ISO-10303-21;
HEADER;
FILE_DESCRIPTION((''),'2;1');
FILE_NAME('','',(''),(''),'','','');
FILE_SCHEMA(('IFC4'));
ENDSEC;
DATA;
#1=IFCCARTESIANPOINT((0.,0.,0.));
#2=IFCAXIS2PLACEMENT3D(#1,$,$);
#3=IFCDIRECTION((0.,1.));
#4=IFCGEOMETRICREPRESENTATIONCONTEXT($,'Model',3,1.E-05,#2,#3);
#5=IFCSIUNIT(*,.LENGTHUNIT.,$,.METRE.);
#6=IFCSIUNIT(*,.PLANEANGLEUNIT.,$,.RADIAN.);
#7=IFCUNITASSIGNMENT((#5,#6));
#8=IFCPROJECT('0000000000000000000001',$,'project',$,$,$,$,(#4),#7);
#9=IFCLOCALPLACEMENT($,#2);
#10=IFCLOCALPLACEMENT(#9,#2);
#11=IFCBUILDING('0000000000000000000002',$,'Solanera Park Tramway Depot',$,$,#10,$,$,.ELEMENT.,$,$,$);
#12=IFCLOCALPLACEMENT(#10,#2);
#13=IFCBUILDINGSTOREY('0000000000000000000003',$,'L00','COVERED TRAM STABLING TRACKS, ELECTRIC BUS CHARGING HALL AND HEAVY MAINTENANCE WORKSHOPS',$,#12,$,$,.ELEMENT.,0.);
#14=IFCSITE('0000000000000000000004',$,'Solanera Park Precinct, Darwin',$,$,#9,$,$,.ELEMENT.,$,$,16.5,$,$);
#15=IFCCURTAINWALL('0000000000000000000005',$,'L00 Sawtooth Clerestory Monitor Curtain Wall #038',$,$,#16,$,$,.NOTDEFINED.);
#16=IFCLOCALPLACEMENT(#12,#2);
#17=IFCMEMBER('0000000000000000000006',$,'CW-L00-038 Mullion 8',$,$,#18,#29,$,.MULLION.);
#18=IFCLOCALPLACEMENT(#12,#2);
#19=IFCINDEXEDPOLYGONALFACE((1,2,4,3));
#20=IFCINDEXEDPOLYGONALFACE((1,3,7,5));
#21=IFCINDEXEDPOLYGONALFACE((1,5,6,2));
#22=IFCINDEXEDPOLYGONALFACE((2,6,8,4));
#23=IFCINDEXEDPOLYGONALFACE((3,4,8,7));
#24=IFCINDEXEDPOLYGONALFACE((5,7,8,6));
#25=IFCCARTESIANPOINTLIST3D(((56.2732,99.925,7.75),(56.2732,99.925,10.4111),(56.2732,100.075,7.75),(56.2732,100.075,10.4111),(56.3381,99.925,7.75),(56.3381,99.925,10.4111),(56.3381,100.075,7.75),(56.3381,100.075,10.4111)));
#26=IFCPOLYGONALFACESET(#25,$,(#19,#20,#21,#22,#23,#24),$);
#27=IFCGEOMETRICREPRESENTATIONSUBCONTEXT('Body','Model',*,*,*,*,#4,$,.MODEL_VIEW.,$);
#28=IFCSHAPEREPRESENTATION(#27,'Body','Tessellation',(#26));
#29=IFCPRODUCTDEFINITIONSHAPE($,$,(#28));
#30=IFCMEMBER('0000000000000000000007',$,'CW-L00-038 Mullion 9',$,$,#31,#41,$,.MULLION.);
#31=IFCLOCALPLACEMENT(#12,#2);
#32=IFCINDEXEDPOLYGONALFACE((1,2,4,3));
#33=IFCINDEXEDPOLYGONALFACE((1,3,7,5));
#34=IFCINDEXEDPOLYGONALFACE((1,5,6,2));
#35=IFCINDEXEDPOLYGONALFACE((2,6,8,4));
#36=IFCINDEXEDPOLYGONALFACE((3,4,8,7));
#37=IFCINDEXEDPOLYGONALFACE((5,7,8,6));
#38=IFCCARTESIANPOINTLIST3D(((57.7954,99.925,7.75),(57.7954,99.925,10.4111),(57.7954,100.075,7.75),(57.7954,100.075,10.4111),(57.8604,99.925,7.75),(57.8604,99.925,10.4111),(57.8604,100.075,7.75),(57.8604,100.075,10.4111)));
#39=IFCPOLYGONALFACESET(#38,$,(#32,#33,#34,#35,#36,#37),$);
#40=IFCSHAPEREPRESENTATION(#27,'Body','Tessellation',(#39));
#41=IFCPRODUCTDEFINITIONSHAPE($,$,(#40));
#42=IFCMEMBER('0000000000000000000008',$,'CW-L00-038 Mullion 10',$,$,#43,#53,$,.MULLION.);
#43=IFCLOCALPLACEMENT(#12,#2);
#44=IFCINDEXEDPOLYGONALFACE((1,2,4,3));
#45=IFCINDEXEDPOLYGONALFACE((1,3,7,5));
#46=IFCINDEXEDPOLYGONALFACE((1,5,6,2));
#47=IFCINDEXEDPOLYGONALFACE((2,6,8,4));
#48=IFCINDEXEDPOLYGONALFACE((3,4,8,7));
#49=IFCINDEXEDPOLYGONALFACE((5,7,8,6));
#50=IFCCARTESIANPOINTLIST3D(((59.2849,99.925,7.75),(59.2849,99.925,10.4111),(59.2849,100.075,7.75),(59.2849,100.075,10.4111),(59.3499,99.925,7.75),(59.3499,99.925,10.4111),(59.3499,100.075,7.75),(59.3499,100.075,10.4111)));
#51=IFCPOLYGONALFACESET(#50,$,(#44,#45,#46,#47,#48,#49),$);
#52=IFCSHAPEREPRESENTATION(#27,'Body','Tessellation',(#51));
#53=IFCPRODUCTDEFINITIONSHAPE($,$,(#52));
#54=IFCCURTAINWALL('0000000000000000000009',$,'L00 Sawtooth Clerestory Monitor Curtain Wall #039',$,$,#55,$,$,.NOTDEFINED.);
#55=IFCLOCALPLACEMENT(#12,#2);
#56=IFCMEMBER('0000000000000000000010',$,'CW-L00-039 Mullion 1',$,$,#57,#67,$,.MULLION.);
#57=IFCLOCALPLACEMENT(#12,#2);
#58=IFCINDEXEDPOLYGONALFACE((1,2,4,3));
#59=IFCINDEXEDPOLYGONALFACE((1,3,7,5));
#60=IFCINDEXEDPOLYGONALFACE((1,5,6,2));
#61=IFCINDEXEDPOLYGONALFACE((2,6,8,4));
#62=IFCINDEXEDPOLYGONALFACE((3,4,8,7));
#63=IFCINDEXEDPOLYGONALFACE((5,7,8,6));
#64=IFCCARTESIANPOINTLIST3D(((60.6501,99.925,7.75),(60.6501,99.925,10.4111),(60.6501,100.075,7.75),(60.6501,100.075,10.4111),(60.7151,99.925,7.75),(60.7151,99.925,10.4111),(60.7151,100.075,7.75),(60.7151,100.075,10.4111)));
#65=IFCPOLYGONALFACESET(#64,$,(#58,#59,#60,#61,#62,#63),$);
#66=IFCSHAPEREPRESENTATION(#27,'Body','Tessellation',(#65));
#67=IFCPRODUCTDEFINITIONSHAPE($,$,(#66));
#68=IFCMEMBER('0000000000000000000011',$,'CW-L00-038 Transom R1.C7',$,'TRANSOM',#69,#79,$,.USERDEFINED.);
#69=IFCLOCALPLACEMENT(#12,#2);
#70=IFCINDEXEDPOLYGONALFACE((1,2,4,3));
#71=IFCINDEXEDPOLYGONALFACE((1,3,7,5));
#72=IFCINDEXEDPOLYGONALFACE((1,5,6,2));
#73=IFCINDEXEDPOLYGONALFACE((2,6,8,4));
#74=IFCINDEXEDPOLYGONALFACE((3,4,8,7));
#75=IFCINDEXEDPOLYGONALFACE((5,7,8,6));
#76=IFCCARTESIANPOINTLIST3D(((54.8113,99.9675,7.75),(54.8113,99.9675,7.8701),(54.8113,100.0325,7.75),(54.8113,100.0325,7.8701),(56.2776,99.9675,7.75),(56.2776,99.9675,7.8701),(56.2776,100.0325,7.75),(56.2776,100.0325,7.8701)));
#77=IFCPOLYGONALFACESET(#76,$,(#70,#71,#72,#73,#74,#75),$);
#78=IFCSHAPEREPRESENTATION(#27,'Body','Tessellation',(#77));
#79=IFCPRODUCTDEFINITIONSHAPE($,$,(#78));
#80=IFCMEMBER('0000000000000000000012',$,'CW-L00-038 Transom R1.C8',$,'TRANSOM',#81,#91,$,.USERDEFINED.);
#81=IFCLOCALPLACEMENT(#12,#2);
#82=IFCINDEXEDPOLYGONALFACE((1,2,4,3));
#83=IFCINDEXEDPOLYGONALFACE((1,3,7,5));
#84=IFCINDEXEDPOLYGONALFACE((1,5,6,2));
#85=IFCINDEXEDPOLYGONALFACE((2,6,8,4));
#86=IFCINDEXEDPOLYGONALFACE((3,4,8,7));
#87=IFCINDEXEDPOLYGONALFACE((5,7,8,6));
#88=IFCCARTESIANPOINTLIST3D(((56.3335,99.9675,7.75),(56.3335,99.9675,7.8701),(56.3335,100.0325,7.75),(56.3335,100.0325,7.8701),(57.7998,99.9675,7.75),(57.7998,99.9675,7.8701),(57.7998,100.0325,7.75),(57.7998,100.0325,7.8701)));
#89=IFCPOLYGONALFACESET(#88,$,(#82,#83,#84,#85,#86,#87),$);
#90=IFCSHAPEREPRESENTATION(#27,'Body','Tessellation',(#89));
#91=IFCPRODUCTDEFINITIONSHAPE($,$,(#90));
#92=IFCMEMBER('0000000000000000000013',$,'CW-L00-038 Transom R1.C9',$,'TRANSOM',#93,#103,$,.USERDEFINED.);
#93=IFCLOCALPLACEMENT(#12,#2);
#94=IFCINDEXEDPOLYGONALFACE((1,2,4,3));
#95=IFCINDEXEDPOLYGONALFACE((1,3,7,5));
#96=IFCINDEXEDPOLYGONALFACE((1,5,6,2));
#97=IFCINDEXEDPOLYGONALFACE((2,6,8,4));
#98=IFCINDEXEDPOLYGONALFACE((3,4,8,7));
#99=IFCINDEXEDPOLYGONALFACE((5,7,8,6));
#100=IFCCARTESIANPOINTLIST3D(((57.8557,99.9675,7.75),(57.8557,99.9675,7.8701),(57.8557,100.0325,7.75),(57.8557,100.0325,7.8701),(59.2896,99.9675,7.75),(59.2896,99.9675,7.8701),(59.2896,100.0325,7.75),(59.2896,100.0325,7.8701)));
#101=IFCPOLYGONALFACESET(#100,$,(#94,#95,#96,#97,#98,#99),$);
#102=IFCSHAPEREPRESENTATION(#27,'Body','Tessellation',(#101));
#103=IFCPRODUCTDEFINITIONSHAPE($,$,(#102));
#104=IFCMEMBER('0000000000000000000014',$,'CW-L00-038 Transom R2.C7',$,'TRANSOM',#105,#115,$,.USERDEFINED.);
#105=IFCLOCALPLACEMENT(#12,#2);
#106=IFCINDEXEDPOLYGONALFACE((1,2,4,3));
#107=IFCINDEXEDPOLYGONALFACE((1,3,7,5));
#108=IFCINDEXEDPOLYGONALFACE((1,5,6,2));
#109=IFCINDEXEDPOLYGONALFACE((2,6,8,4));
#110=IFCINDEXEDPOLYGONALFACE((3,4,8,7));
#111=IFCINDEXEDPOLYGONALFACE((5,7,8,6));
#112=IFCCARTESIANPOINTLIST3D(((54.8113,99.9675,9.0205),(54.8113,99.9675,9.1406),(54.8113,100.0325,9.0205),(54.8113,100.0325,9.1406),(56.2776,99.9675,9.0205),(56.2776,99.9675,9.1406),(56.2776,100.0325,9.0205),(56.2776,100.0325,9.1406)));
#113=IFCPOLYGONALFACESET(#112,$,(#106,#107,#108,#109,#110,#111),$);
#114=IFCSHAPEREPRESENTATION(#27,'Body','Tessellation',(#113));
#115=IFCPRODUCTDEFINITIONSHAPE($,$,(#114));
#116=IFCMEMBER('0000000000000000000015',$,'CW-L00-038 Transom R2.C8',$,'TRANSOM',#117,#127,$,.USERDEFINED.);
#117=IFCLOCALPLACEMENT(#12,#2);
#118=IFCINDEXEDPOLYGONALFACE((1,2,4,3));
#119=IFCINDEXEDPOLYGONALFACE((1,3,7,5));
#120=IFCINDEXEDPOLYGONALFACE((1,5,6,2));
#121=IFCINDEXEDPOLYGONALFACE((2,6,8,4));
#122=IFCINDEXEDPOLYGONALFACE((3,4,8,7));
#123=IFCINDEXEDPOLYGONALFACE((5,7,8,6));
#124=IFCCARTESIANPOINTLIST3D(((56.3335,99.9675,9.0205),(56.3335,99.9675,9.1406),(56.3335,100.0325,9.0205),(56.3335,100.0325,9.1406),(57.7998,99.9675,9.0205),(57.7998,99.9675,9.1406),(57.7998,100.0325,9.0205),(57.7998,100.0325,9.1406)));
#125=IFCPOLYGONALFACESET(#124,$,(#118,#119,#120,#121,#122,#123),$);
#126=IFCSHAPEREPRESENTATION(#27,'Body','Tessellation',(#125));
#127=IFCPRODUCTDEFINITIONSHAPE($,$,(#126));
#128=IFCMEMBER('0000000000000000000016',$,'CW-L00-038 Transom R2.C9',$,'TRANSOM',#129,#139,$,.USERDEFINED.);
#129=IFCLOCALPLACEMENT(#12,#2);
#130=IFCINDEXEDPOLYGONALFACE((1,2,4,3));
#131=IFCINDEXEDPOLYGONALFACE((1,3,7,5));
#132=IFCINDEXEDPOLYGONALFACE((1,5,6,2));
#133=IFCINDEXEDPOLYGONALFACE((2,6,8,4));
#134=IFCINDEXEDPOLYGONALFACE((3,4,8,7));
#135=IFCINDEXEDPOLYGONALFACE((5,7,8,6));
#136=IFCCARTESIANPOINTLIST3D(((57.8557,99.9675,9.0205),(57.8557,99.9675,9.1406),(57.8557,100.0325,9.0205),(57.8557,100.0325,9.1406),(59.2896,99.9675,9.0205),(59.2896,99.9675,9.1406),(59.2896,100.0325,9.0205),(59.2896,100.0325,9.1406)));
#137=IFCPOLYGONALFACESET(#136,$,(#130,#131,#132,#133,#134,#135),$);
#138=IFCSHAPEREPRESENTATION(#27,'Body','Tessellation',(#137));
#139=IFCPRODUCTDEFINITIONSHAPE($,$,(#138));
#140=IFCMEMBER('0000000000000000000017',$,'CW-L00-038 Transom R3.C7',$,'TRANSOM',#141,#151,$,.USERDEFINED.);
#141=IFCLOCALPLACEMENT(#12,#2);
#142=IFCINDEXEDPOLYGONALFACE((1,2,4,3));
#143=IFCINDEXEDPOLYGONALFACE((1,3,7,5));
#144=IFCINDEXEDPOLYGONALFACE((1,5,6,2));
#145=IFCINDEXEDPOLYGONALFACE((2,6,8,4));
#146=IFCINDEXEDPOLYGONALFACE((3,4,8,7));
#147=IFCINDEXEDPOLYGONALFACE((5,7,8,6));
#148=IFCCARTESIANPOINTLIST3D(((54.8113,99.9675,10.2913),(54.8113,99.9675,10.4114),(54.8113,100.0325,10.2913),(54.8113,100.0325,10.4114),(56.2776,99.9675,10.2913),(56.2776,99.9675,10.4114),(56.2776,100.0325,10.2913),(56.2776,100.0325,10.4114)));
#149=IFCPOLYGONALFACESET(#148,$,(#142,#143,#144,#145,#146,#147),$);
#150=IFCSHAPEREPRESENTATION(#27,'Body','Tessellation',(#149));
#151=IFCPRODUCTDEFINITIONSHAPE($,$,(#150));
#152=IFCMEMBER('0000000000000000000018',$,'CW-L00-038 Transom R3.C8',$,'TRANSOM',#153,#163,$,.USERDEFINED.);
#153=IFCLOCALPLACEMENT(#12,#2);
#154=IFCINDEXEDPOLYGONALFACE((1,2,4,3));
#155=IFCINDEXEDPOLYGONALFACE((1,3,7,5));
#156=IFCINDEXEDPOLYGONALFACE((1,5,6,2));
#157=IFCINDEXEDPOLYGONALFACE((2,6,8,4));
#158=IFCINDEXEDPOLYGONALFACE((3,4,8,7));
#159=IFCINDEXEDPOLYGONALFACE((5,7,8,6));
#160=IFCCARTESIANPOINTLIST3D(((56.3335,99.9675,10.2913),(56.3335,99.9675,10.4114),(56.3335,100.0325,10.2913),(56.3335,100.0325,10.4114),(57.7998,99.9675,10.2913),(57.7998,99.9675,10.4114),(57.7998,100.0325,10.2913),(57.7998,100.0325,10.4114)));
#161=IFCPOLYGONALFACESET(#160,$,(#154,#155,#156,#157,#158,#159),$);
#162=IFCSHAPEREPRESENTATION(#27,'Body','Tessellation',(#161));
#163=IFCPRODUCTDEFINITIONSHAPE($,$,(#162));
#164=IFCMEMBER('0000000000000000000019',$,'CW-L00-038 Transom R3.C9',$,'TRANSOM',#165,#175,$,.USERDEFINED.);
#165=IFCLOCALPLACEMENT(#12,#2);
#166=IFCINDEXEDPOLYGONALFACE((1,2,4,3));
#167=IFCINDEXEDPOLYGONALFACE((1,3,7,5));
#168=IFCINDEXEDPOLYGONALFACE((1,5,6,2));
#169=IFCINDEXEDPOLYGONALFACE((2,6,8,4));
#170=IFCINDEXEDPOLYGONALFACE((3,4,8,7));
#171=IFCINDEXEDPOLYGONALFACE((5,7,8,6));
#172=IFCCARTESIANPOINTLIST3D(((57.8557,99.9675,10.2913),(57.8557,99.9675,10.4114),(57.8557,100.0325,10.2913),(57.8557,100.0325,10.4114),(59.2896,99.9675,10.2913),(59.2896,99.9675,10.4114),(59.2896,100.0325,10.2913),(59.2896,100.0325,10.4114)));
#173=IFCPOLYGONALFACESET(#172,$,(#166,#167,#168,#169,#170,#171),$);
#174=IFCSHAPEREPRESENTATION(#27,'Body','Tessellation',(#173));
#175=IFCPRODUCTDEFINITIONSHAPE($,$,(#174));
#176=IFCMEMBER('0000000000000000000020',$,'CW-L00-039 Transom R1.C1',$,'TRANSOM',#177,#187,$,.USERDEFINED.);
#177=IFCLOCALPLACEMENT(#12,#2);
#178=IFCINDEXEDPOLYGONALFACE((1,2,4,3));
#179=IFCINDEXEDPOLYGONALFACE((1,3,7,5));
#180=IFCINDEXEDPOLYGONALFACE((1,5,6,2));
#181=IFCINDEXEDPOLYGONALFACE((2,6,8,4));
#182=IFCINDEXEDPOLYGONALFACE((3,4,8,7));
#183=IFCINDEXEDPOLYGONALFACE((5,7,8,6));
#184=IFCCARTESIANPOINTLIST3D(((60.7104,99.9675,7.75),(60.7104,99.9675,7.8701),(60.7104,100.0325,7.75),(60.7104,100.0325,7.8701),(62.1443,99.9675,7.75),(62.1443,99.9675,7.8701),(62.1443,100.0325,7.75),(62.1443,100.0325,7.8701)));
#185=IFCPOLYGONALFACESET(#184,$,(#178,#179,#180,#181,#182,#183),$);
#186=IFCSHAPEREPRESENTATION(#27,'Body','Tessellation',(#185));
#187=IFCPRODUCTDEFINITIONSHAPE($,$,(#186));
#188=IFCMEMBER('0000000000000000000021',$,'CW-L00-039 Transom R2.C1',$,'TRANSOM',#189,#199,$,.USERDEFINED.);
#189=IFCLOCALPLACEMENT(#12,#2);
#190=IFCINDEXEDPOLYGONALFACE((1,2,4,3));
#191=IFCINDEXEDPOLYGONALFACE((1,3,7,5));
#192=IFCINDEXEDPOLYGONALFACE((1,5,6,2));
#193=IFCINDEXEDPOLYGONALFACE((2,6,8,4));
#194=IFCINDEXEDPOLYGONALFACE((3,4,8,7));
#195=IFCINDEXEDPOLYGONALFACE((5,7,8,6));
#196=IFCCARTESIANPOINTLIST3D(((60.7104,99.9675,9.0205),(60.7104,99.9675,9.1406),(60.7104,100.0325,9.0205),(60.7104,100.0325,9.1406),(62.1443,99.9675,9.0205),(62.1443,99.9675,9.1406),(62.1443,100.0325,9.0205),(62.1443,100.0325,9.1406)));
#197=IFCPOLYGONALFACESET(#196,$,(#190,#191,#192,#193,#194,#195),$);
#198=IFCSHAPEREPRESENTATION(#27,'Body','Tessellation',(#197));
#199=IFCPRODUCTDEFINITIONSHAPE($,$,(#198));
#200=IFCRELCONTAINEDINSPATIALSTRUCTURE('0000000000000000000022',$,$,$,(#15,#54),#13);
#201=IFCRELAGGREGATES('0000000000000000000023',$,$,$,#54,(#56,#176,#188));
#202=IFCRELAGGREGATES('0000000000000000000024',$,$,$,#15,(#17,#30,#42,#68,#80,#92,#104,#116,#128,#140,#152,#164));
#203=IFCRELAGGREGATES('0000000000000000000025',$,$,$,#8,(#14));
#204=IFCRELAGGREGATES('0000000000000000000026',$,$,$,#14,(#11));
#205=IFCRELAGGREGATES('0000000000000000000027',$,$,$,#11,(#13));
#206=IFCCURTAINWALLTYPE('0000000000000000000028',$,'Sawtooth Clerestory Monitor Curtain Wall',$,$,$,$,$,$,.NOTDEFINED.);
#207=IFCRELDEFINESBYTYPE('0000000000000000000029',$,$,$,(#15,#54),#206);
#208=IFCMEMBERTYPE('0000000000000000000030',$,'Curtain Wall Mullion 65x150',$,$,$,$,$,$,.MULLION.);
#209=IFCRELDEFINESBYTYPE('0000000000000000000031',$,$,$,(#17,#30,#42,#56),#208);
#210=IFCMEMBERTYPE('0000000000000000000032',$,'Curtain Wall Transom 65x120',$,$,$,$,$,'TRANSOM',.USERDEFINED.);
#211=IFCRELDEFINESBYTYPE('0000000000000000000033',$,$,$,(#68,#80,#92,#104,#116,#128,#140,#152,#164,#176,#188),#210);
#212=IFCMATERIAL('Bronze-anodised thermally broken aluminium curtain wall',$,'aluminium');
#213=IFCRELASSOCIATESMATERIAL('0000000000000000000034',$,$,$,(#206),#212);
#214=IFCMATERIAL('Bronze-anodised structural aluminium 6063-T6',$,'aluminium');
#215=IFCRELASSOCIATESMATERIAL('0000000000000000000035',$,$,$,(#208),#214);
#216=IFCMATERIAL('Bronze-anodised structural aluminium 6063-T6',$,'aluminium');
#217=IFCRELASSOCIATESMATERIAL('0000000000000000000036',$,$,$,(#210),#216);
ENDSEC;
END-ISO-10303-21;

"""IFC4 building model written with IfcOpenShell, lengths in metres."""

from ifc_helpers import new_model, si_unit, direction, frame, origin, origin_2d, place, context, subcontext, project, spatial, rectangle, extrude, material, material_profile, profile_set, type_object, element, aggregate, save


model = new_model("IFC4")

# Units and contexts
model_context = context("Model", 3, precision=1e-05, world=origin(), true_north=direction((0.0, 1.0)))
body_context = subcontext(model_context, "Body", "Model", "MODEL_VIEW")
ifc_project = project(units=[si_unit("LENGTHUNIT", "METRE"), si_unit("PLANEANGLEUNIT", "RADIAN")], contexts=[model_context])

# Site, building, storey
site_placement = place(None, origin())
site = spatial("IfcSite", under=ifc_project, at=site_placement, Name="Solanera Park Precinct, Darwin", CompositionType="ELEMENT", RefElevation=16.5)
building_placement = place(site_placement, origin())
building = spatial("IfcBuilding", under=site, at=building_placement, Name="Solanera Park Tramway Depot", CompositionType="ELEMENT")
storey_placement = place(building_placement, origin())
storey = spatial("IfcBuildingStorey", under=building, at=storey_placement, Name="L00", Description="COVERED TRAM STABLING TRACKS, ELECTRIC BUS CHARGING HALL AND HEAVY MAINTENANCE WORKSHOPS", CompositionType="ELEMENT", Elevation=0.0)

# Curtain wall, members
ifc_material_1 = material(Name="Bronze-anodised thermally broken aluminium curtain wall", Category="aluminium")
curtain_wall_type = type_object("IfcCurtainWallType", Name="Sawtooth Clerestory Monitor Curtain Wall", PredefinedType="NOTDEFINED", material=ifc_material_1)
curtain_wall_1_placement = place(storey_placement, origin())
curtain_wall_1 = element("IfcCurtainWall", 1, at=curtain_wall_1_placement, inside=storey, type_object=curtain_wall_type, Name="L00 Sawtooth Clerestory Monitor Curtain Wall #038", PredefinedType="NOTDEFINED")
ifc_material_2 = material(Name="Bronze-anodised structural aluminium 6063-T6", Category="aluminium")
ifc_material_profile_1 = material_profile(ifc_material_2, rectangle(XDim=0.0649, YDim=0.1499, at=origin_2d()), Name="Curtain Wall Mullion 65x150")
ifc_profile_set_1 = profile_set([ifc_material_profile_1], Name="Bronze-anodised structural aluminium 6063-T6")
member_type_1 = type_object("IfcMemberType", Name="Curtain Wall Mullion 65x150", PredefinedType="MULLION", material=ifc_profile_set_1)
member_1_placement = place(storey_placement, frame((56.3057, 100.0, 7.75), z_axis=(0.0, 0.0, 1.0), x_axis=(1.0, 0.0, 0.0)))
member_1 = element("IfcMember", 2, at=member_1_placement, type_object=member_type_1, Name="CW-L00-038 Mullion 8", PredefinedType="MULLION", context=body_context, shape_type="SweptSolid", body=[
    extrude(rectangle(XDim=0.0649, YDim=0.1499, at=origin_2d()), origin(), (0.0, 0.0, 1.0), 2.6611),
])
member_2_placement = place(storey_placement, frame((57.8279, 100.0, 7.75), z_axis=(0.0, 0.0, 1.0), x_axis=(1.0, 0.0, 0.0)))
member_2 = element("IfcMember", 3, at=member_2_placement, type_object=member_type_1, Name="CW-L00-038 Mullion 9", PredefinedType="MULLION", context=body_context, shape_type="SweptSolid", body=[
    extrude(rectangle(XDim=0.0649, YDim=0.1499, at=origin_2d()), origin(), (0.0, 0.0, 1.0), 2.6611),
])
member_3_placement = place(storey_placement, frame((59.3174, 100.0, 7.75), z_axis=(0.0, 0.0, 1.0), x_axis=(1.0, 0.0, 0.0)))
member_3 = element("IfcMember", 4, at=member_3_placement, type_object=member_type_1, Name="CW-L00-038 Mullion 10", PredefinedType="MULLION", context=body_context, shape_type="SweptSolid", body=[
    extrude(rectangle(XDim=0.0649, YDim=0.1499, at=origin_2d()), origin(), (0.0, 0.0, 1.0), 2.6611),
])

# Curtain wall, member
curtain_wall_2_placement = place(storey_placement, origin())
curtain_wall_2 = element("IfcCurtainWall", 5, at=curtain_wall_2_placement, inside=storey, type_object=curtain_wall_type, Name="L00 Sawtooth Clerestory Monitor Curtain Wall #039", PredefinedType="NOTDEFINED")
member_4_placement = place(storey_placement, frame((60.6826, 100.0, 7.75), z_axis=(0.0, 0.0, 1.0), x_axis=(1.0, 0.0, 0.0)))
member_4 = element("IfcMember", 6, at=member_4_placement, type_object=member_type_1, Name="CW-L00-039 Mullion 1", PredefinedType="MULLION", context=body_context, shape_type="SweptSolid", body=[
    extrude(rectangle(XDim=0.0649, YDim=0.1499, at=origin_2d()), origin(), (0.0, 0.0, 1.0), 2.6611),
])

# Members
ifc_material_3 = material(Name="Bronze-anodised structural aluminium 6063-T6", Category="aluminium")
ifc_material_profile_2 = material_profile(ifc_material_3, rectangle(XDim=0.0649, YDim=0.1201, at=origin_2d()), Name="Curtain Wall Transom 65x120")
ifc_profile_set_2 = profile_set([ifc_material_profile_2], Name="Bronze-anodised structural aluminium 6063-T6")
member_type_2 = type_object("IfcMemberType", Name="Curtain Wall Transom 65x120", ElementType="TRANSOM", PredefinedType="USERDEFINED", material=ifc_profile_set_2)
member_5_placement = place(storey_placement, frame((54.8113, 100.0, 7.8101), z_axis=(1.0, 0.0, 0.0), x_axis=(0.0, 1.0, 0.0)))
member_5 = element("IfcMember", 7, at=member_5_placement, type_object=member_type_2, Name="CW-L00-038 Transom R1.C7", ObjectType="TRANSOM", PredefinedType="USERDEFINED", context=body_context, shape_type="SweptSolid", body=[
    extrude(rectangle(XDim=0.0649, YDim=0.1201, at=origin_2d()), origin(), (0.0, 0.0, 1.0), 1.4663),
])
member_6_placement = place(storey_placement, frame((56.3335, 100.0, 7.8101), z_axis=(1.0, 0.0, 0.0), x_axis=(0.0, 1.0, 0.0)))
member_6 = element("IfcMember", 8, at=member_6_placement, type_object=member_type_2, Name="CW-L00-038 Transom R1.C8", ObjectType="TRANSOM", PredefinedType="USERDEFINED", context=body_context, shape_type="SweptSolid", body=[
    extrude(rectangle(XDim=0.0649, YDim=0.1201, at=origin_2d()), origin(), (0.0, 0.0, 1.0), 1.4663),
])
member_7_placement = place(storey_placement, frame((57.8557, 100.0, 7.8101), z_axis=(1.0, 0.0, 0.0), x_axis=(0.0, 1.0, 0.0)))
member_7 = element("IfcMember", 9, at=member_7_placement, type_object=member_type_2, Name="CW-L00-038 Transom R1.C9", ObjectType="TRANSOM", PredefinedType="USERDEFINED", context=body_context, shape_type="SweptSolid", body=[
    extrude(rectangle(XDim=0.0649, YDim=0.1201, at=origin_2d()), origin(), (0.0, 0.0, 1.0), 1.4338),
])
member_8_placement = place(storey_placement, frame((54.8113, 100.0, 9.0806), z_axis=(1.0, 0.0, 0.0), x_axis=(0.0, 1.0, 0.0)))
member_8 = element("IfcMember", 10, at=member_8_placement, type_object=member_type_2, Name="CW-L00-038 Transom R2.C7", ObjectType="TRANSOM", PredefinedType="USERDEFINED", context=body_context, shape_type="SweptSolid", body=[
    extrude(rectangle(XDim=0.0649, YDim=0.1201, at=origin_2d()), origin(), (0.0, 0.0, 1.0), 1.4663),
])
member_9_placement = place(storey_placement, frame((56.3335, 100.0, 9.0806), z_axis=(1.0, 0.0, 0.0), x_axis=(0.0, 1.0, 0.0)))
member_9 = element("IfcMember", 11, at=member_9_placement, type_object=member_type_2, Name="CW-L00-038 Transom R2.C8", ObjectType="TRANSOM", PredefinedType="USERDEFINED", context=body_context, shape_type="SweptSolid", body=[
    extrude(rectangle(XDim=0.0649, YDim=0.1201, at=origin_2d()), origin(), (0.0, 0.0, 1.0), 1.4663),
])
member_10_placement = place(storey_placement, frame((57.8557, 100.0, 9.0806), z_axis=(1.0, 0.0, 0.0), x_axis=(0.0, 1.0, 0.0)))
member_10 = element("IfcMember", 12, at=member_10_placement, type_object=member_type_2, Name="CW-L00-038 Transom R2.C9", ObjectType="TRANSOM", PredefinedType="USERDEFINED", context=body_context, shape_type="SweptSolid", body=[
    extrude(rectangle(XDim=0.0649, YDim=0.1201, at=origin_2d()), origin(), (0.0, 0.0, 1.0), 1.4338),
])
member_11_placement = place(storey_placement, frame((54.8113, 100.0, 10.3513), z_axis=(1.0, 0.0, 0.0), x_axis=(0.0, 1.0, 0.0)))
member_11 = element("IfcMember", 13, at=member_11_placement, type_object=member_type_2, Name="CW-L00-038 Transom R3.C7", ObjectType="TRANSOM", PredefinedType="USERDEFINED", context=body_context, shape_type="SweptSolid", body=[
    extrude(rectangle(XDim=0.0649, YDim=0.1201, at=origin_2d()), origin(), (0.0, 0.0, 1.0), 1.4663),
])
member_12_placement = place(storey_placement, frame((56.3335, 100.0, 10.3513), z_axis=(1.0, 0.0, 0.0), x_axis=(0.0, 1.0, 0.0)))
member_12 = element("IfcMember", 14, at=member_12_placement, type_object=member_type_2, Name="CW-L00-038 Transom R3.C8", ObjectType="TRANSOM", PredefinedType="USERDEFINED", context=body_context, shape_type="SweptSolid", body=[
    extrude(rectangle(XDim=0.0649, YDim=0.1201, at=origin_2d()), origin(), (0.0, 0.0, 1.0), 1.4663),
])
member_13_placement = place(storey_placement, frame((57.8557, 100.0, 10.3513), z_axis=(1.0, 0.0, 0.0), x_axis=(0.0, 1.0, 0.0)))
member_13 = element("IfcMember", 15, at=member_13_placement, type_object=member_type_2, Name="CW-L00-038 Transom R3.C9", ObjectType="TRANSOM", PredefinedType="USERDEFINED", context=body_context, shape_type="SweptSolid", body=[
    extrude(rectangle(XDim=0.0649, YDim=0.1201, at=origin_2d()), origin(), (0.0, 0.0, 1.0), 1.4338),
])
member_14_placement = place(storey_placement, frame((60.7104, 100.0, 7.8101), z_axis=(1.0, 0.0, 0.0), x_axis=(0.0, 1.0, 0.0)))
member_14 = element("IfcMember", 16, at=member_14_placement, type_object=member_type_2, Name="CW-L00-039 Transom R1.C1", ObjectType="TRANSOM", PredefinedType="USERDEFINED", context=body_context, shape_type="SweptSolid", body=[
    extrude(rectangle(XDim=0.0649, YDim=0.1201, at=origin_2d()), origin(), (0.0, 0.0, 1.0), 1.4338),
])
member_15_placement = place(storey_placement, frame((60.7104, 100.0, 9.0806), z_axis=(1.0, 0.0, 0.0), x_axis=(0.0, 1.0, 0.0)))
member_15 = element("IfcMember", 17, at=member_15_placement, type_object=member_type_2, Name="CW-L00-039 Transom R2.C1", ObjectType="TRANSOM", PredefinedType="USERDEFINED", context=body_context, shape_type="SweptSolid", body=[
    extrude(rectangle(XDim=0.0649, YDim=0.1201, at=origin_2d()), origin(), (0.0, 0.0, 1.0), 1.4338),
])
aggregate(curtain_wall_2, [member_4, member_14, member_15])

aggregate(curtain_wall_1, [member_1, member_2, member_3, member_5, member_6, member_7, member_8, member_9, member_10, member_11, member_12, member_13])

save(model, "model.ifc")
